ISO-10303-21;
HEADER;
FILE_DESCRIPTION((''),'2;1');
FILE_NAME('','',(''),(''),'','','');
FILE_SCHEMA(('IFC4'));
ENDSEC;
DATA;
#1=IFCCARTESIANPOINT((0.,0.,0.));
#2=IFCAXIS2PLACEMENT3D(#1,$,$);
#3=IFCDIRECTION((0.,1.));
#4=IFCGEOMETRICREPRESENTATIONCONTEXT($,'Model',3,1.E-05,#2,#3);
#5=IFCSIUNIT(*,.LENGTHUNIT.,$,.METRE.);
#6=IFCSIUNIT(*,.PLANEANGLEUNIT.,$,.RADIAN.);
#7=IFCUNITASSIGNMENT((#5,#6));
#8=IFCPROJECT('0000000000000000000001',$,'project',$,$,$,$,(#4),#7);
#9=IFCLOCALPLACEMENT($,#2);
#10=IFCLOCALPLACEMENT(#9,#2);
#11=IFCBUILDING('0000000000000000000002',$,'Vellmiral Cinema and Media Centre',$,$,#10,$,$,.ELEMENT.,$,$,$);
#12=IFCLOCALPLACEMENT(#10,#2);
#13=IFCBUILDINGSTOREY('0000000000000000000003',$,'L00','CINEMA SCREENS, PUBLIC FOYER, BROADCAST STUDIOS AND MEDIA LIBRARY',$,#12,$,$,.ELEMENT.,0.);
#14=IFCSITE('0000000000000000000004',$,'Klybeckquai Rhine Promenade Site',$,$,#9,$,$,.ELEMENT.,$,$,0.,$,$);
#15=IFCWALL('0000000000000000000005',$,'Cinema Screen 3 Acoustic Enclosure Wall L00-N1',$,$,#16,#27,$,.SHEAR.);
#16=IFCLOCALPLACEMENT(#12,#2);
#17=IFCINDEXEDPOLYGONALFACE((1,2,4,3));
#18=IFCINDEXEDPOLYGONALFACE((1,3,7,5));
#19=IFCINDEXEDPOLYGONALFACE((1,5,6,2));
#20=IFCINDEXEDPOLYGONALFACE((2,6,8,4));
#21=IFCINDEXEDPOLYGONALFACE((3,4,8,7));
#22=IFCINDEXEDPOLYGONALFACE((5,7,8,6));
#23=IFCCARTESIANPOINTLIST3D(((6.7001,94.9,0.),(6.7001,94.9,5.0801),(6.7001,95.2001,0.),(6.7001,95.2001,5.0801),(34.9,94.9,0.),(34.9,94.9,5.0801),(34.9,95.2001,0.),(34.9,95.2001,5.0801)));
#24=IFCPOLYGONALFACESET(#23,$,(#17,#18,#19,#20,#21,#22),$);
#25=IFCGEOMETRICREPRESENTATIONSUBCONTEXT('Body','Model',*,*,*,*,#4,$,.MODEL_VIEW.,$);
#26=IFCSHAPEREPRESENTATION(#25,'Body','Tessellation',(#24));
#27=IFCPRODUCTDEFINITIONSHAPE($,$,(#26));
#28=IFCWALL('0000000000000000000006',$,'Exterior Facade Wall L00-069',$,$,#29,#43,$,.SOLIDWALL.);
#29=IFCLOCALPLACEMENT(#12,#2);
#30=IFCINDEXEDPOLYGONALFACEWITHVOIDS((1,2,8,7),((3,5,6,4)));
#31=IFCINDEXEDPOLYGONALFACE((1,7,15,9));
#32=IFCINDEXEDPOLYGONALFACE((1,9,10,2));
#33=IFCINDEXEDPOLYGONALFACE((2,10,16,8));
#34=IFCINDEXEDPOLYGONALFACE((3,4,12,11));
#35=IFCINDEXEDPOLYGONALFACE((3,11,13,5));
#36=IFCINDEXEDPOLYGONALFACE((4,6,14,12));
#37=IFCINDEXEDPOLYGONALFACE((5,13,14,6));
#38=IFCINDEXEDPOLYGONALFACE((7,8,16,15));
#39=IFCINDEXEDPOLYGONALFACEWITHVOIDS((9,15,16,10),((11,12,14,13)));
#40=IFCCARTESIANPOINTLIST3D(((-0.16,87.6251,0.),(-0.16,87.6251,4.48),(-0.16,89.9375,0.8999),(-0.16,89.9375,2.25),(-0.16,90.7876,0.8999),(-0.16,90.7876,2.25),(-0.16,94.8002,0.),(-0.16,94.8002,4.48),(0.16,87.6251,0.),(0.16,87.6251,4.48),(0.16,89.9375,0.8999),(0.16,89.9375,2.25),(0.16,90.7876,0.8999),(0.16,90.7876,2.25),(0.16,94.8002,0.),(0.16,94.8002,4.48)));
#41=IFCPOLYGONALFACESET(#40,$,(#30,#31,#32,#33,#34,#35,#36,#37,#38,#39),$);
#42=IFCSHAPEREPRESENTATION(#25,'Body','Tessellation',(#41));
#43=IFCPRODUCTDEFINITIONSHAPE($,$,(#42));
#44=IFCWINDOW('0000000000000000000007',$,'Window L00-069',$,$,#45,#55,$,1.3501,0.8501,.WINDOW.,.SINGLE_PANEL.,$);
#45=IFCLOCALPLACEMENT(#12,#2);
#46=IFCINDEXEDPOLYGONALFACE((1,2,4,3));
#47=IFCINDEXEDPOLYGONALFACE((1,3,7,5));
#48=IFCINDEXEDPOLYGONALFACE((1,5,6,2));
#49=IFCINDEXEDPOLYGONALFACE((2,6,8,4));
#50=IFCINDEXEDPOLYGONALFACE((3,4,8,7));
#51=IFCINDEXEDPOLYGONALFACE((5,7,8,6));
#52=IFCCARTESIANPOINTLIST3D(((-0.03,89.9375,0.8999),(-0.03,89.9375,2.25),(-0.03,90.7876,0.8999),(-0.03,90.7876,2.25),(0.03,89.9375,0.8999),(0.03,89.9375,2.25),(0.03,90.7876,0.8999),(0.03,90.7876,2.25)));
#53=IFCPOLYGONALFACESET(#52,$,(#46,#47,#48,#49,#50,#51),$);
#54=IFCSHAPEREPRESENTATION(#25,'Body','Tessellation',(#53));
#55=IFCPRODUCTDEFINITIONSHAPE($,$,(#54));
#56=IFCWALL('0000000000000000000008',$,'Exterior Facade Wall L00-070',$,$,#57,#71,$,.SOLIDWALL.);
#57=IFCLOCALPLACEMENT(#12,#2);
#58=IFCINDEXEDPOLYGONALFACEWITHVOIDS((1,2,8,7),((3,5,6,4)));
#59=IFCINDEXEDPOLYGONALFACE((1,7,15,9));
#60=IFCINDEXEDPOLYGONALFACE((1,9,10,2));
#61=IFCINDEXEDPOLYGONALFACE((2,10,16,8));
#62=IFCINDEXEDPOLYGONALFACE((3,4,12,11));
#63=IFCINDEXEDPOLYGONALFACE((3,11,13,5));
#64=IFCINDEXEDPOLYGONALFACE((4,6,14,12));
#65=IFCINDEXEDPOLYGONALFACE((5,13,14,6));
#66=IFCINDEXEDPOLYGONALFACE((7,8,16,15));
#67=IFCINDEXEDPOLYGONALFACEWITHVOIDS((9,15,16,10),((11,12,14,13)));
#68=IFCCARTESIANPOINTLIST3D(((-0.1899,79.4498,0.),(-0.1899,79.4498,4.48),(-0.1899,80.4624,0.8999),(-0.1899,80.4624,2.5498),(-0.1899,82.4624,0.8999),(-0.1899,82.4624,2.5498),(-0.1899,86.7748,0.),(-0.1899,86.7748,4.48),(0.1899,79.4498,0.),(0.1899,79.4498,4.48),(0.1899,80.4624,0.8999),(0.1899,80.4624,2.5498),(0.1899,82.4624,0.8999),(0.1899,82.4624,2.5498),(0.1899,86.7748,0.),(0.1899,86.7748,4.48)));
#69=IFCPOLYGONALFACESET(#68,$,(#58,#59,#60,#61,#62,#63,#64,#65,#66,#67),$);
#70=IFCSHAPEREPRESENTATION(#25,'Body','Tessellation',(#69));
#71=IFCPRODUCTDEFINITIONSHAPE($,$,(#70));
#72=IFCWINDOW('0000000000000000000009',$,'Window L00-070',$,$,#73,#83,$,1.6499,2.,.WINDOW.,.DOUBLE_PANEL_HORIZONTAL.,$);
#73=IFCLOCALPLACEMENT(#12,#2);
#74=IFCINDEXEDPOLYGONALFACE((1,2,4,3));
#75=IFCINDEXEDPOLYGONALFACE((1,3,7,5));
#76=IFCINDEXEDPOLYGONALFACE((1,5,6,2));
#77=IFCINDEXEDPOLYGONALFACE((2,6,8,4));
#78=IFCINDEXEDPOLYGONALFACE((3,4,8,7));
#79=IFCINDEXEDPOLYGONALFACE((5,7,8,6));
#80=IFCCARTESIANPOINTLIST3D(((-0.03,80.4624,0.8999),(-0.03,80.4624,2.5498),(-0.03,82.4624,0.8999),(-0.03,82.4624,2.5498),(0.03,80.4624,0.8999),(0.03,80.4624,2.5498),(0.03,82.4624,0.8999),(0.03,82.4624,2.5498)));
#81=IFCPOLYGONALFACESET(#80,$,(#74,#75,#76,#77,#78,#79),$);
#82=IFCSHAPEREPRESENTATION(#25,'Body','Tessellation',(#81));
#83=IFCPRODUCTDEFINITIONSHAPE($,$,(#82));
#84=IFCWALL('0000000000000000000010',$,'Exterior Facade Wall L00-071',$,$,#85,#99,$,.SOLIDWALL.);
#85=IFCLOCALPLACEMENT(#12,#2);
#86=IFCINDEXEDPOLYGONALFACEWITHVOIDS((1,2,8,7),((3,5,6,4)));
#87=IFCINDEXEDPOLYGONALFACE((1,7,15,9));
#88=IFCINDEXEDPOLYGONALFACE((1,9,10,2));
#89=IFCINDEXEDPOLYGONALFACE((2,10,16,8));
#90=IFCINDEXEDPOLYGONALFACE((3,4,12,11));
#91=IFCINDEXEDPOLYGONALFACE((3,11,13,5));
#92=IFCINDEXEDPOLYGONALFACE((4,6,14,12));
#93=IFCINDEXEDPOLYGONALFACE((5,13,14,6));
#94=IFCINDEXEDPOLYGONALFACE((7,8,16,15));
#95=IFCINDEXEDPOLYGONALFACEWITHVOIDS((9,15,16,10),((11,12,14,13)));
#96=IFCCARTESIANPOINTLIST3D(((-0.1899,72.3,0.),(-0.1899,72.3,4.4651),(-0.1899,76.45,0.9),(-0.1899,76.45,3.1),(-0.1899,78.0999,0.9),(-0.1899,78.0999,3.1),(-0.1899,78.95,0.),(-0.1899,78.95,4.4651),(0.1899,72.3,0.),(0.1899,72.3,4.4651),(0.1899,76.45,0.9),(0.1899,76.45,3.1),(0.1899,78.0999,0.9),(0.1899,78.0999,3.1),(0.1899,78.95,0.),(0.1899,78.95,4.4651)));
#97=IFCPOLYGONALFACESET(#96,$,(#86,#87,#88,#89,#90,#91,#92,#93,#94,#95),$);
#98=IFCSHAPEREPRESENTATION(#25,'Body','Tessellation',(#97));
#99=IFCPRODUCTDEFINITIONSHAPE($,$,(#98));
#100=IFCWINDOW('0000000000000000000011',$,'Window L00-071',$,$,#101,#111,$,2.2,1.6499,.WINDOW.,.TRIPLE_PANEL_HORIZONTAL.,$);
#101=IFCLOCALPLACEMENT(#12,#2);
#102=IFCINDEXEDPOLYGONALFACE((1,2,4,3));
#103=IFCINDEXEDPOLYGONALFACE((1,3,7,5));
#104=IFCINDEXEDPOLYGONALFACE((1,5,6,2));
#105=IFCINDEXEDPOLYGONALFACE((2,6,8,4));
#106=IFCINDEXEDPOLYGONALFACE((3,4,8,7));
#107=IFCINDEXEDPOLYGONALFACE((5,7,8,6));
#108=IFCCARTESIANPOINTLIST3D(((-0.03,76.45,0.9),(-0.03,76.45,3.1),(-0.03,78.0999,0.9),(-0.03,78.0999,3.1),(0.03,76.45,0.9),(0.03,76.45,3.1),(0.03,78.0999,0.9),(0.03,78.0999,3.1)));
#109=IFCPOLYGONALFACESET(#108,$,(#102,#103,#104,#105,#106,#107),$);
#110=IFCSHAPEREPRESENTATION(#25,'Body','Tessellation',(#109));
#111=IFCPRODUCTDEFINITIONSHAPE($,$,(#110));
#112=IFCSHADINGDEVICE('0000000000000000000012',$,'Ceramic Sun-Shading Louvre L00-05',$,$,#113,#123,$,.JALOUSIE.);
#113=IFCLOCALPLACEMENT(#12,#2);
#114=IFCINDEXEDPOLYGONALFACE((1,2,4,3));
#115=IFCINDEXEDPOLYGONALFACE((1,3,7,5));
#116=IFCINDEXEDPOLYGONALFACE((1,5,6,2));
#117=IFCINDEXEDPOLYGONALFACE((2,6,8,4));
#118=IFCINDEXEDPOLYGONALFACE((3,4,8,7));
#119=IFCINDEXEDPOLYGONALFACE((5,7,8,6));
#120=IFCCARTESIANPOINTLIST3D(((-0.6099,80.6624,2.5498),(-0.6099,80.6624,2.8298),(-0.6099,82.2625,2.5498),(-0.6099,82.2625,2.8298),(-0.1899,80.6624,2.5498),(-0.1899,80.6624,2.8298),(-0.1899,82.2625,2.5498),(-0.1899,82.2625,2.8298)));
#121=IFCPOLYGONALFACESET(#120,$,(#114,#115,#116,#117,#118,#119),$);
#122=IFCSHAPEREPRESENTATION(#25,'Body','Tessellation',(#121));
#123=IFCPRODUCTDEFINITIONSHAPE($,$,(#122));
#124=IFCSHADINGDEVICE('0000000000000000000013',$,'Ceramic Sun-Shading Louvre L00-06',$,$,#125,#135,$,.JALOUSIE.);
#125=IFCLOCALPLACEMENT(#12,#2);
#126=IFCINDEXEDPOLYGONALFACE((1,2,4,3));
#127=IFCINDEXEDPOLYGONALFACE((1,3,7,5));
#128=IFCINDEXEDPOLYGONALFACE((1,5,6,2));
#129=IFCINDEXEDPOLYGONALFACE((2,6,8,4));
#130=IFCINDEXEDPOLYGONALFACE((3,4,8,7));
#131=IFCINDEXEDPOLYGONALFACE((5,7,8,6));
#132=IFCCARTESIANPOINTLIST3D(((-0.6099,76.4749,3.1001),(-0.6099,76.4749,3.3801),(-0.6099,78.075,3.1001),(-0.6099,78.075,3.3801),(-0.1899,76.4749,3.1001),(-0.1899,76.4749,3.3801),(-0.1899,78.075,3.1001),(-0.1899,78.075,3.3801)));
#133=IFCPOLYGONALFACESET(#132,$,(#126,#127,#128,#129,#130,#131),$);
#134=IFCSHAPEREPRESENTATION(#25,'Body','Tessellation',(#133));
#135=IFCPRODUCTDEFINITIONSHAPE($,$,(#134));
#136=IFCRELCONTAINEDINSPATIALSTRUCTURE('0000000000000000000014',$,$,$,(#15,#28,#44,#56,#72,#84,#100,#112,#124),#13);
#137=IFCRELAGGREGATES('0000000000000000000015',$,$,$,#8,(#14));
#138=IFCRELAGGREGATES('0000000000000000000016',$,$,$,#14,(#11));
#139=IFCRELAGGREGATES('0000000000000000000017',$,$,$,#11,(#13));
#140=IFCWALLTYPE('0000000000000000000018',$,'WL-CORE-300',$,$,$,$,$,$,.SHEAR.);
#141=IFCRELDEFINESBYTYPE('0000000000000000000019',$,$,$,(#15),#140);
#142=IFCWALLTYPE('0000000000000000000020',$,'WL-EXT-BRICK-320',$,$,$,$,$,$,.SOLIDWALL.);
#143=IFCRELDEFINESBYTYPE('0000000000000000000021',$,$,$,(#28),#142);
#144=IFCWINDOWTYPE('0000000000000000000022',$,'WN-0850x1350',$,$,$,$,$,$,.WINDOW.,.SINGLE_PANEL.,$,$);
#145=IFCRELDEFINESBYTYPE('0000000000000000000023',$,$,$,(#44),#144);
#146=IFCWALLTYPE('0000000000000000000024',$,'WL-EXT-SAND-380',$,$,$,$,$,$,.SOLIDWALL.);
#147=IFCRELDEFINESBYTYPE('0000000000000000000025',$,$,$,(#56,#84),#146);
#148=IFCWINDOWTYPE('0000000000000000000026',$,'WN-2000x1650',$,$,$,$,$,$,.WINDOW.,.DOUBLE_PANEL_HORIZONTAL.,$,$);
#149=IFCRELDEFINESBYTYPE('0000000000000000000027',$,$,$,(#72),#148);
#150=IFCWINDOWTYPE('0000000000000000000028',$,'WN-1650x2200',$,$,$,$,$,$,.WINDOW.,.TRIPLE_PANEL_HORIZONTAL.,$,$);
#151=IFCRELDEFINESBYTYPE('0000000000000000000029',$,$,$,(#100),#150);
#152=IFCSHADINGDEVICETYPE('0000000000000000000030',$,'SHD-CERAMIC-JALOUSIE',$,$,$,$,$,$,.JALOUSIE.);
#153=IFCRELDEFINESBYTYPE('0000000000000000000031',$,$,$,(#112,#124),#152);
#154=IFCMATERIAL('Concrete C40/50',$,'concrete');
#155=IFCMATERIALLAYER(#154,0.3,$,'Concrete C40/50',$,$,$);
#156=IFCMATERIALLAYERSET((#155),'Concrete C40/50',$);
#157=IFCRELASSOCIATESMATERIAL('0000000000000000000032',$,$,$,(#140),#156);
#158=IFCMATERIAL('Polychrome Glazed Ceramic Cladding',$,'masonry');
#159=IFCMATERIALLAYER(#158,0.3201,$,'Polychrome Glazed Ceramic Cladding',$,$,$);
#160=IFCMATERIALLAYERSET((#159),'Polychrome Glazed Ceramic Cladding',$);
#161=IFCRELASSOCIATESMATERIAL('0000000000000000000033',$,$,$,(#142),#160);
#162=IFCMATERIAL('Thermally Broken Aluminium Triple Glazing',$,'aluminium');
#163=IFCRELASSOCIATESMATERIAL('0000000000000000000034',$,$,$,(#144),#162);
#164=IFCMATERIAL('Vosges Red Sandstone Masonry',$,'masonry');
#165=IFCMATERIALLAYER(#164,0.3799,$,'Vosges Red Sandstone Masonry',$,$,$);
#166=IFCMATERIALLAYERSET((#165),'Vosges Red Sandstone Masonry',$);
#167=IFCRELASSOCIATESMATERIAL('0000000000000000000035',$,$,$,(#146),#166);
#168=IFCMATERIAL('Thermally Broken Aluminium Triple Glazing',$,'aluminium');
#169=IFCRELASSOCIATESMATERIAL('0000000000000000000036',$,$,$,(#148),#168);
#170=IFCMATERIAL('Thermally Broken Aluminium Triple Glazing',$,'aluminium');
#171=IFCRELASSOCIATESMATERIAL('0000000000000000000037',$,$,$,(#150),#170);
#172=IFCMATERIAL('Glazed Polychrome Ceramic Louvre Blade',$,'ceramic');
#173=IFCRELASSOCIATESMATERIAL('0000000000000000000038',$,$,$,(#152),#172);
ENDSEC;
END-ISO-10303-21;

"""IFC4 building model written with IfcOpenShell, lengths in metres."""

from ifc_helpers import new_model, si_unit, direction, frame, frame_2d, origin, origin_2d, place, context, subcontext, project, spatial, rectangle, extrude, material, layer, layer_set, type_object, element, fill, save


model = new_model("IFC4")

# Units and contexts
model_context = context("Model", 3, precision=1e-05, world=origin(), true_north=direction((0.0, 1.0)))
body_context = subcontext(model_context, "Body", "Model", "MODEL_VIEW")
ifc_project = project(units=[si_unit("LENGTHUNIT", "METRE"), si_unit("PLANEANGLEUNIT", "RADIAN")], contexts=[model_context])

# Site, building, storey
site_placement = place(None, origin())
site = spatial("IfcSite", under=ifc_project, at=site_placement, Name="Klybeckquai Rhine Promenade Site", CompositionType="ELEMENT", RefElevation=0.0)
building_placement = place(site_placement, origin())
building = spatial("IfcBuilding", under=site, at=building_placement, Name="Vellmiral Cinema and Media Centre", CompositionType="ELEMENT")
storey_placement = place(building_placement, origin())
storey = spatial("IfcBuildingStorey", under=building, at=storey_placement, Name="L00", Description="CINEMA SCREENS, PUBLIC FOYER, BROADCAST STUDIOS AND MEDIA LIBRARY", CompositionType="ELEMENT", Elevation=0.0)

# Wall
ifc_material_1 = material(Name="Concrete C40/50", Category="concrete")
ifc_layer_1 = layer(ifc_material_1, 0.3, Name="Concrete C40/50")
ifc_layer_set_1 = layer_set([ifc_layer_1], Name="Concrete C40/50")
wall_type_1 = type_object("IfcWallType", Name="WL-CORE-300", PredefinedType="SHEAR", material=ifc_layer_set_1)
wall_1_placement = place(storey_placement, frame((6.7, 95.05, 0.0), z_axis=(0.0, 0.0, 1.0), x_axis=(1.0, 0.0, 0.0)))
element("IfcWall", 1, at=wall_1_placement, inside=storey, type_object=wall_type_1, Name="Cinema Screen 3 Acoustic Enclosure Wall L00-N1", PredefinedType="SHEAR", context=body_context, shape_type="SweptSolid", body=[
    extrude(rectangle(XDim=28.2, YDim=0.3, at=frame_2d((14.1001, 0.0))), origin(), (0.0, 0.0, 1.0), 5.0801),
])

# Walls, openings, windows
ifc_material_2 = material(Name="Polychrome Glazed Ceramic Cladding", Category="masonry")
ifc_layer_2 = layer(ifc_material_2, 0.3201, Name="Polychrome Glazed Ceramic Cladding")
ifc_layer_set_2 = layer_set([ifc_layer_2], Name="Polychrome Glazed Ceramic Cladding")
wall_type_2 = type_object("IfcWallType", Name="WL-EXT-BRICK-320", PredefinedType="SOLIDWALL", material=ifc_layer_set_2)
wall_2_placement = place(storey_placement, frame((0.0, 94.8, 0.0), z_axis=(0.0, 0.0, 1.0), x_axis=(0.0, -1.0, 0.0)))
wall_2 = element("IfcWall", 2, at=wall_2_placement, inside=storey, type_object=wall_type_2, Name="Exterior Facade Wall L00-069", PredefinedType="SOLIDWALL", context=body_context, shape_type="SweptSolid", body=[
    extrude(rectangle(XDim=7.175, YDim=0.3201, at=frame_2d((3.5874, 0.0))), origin(), (0.0, 0.0, 1.0), 4.48),
])
opening_1_placement = place(wall_2_placement, frame((4.0125, 0.0, 0.8999)))
opening_1 = element("IfcOpeningElement", 3, at=opening_1_placement, cuts=wall_2, PredefinedType="OPENING", context=body_context, shape_type="SweptSolid", body=[
    extrude(rectangle(XDim=0.8501, YDim=1.3501, at=frame_2d((0.425, 0.675))), frame((0.0, 0.1719, 0.0), z_axis=(0.0, -1.0, 0.0), x_axis=(1.0, 0.0, 0.0)), (0.0, 0.0, 1.0), 0.344),
])
ifc_material_3 = material(Name="Thermally Broken Aluminium Triple Glazing", Category="aluminium")
window_type_1 = type_object("IfcWindowType", Name="WN-0850x1350", PartitioningType="SINGLE_PANEL", PredefinedType="WINDOW", material=ifc_material_3)
window_1_placement = place(opening_1_placement, origin())
window_1 = element("IfcWindow", 4, at=window_1_placement, inside=storey, type_object=window_type_1, Name="Window L00-069", OverallHeight=1.3501, OverallWidth=0.8501, PartitioningType="SINGLE_PANEL", PredefinedType="WINDOW", context=body_context, shape_type="SweptSolid", body=[
    extrude(rectangle(XDim=0.8501, YDim=1.3501, at=frame_2d((0.425, 0.675))), frame((0.0, 0.03, 0.0), z_axis=(0.0, -1.0, 0.0), x_axis=(1.0, 0.0, 0.0)), (0.0, 0.0, 1.0), 0.0601),
])
fill(opening_1, window_1)
ifc_material_4 = material(Name="Vosges Red Sandstone Masonry", Category="masonry")
ifc_layer_3 = layer(ifc_material_4, 0.3799, Name="Vosges Red Sandstone Masonry")
ifc_layer_set_3 = layer_set([ifc_layer_3], Name="Vosges Red Sandstone Masonry")
wall_type_3 = type_object("IfcWallType", Name="WL-EXT-SAND-380", PredefinedType="SOLIDWALL", material=ifc_layer_set_3)
wall_3_placement = place(storey_placement, frame((0.0, 86.7749, 0.0), z_axis=(0.0, 0.0, 1.0), x_axis=(0.0, -1.0, 0.0)))
wall_3 = element("IfcWall", 5, at=wall_3_placement, inside=storey, type_object=wall_type_3, Name="Exterior Facade Wall L00-070", PredefinedType="SOLIDWALL", context=body_context, shape_type="SweptSolid", body=[
    extrude(rectangle(XDim=7.325, YDim=0.3799, at=frame_2d((3.6626, 0.0))), origin(), (0.0, 0.0, 1.0), 4.48),
])
opening_2_placement = place(wall_3_placement, frame((4.3125, 0.0, 0.8999)))
opening_2 = element("IfcOpeningElement", 6, at=opening_2_placement, cuts=wall_3, PredefinedType="OPENING", context=body_context, shape_type="SweptSolid", body=[
    extrude(rectangle(XDim=2.0, YDim=1.6499, at=frame_2d((1.0, 0.825))), frame((0.0, 0.2019, 0.0), z_axis=(0.0, -1.0, 0.0), x_axis=(1.0, 0.0, 0.0)), (0.0, 0.0, 1.0), 0.4038),
])
ifc_material_5 = material(Name="Thermally Broken Aluminium Triple Glazing", Category="aluminium")
window_type_2 = type_object("IfcWindowType", Name="WN-2000x1650", PartitioningType="DOUBLE_PANEL_HORIZONTAL", PredefinedType="WINDOW", material=ifc_material_5)
window_2_placement = place(opening_2_placement, origin())
window_2 = element("IfcWindow", 7, at=window_2_placement, inside=storey, type_object=window_type_2, Name="Window L00-070", OverallHeight=1.6499, OverallWidth=2.0, PartitioningType="DOUBLE_PANEL_HORIZONTAL", PredefinedType="WINDOW", context=body_context, shape_type="SweptSolid", body=[
    extrude(rectangle(XDim=2.0, YDim=1.6499, at=frame_2d((1.0, 0.825))), frame((0.0, 0.03, 0.0), z_axis=(0.0, -1.0, 0.0), x_axis=(1.0, 0.0, 0.0)), (0.0, 0.0, 1.0), 0.0601),
])
fill(opening_2, window_2)
wall_4_placement = place(storey_placement, frame((0.0, 78.95, 0.0), z_axis=(0.0, 0.0, 1.0), x_axis=(0.0, -1.0, 0.0)))
wall_4 = element("IfcWall", 8, at=wall_4_placement, inside=storey, type_object=wall_type_3, Name="Exterior Facade Wall L00-071", PredefinedType="SOLIDWALL", context=body_context, shape_type="SweptSolid", body=[
    extrude(rectangle(XDim=6.6499, YDim=0.3799, at=frame_2d((3.325, 0.0))), origin(), (0.0, 0.0, 1.0), 4.4651),
])
opening_3_placement = place(wall_4_placement, frame((0.8501, 0.0, 0.8999)))
opening_3 = element("IfcOpeningElement", 9, at=opening_3_placement, cuts=wall_4, PredefinedType="OPENING", context=body_context, shape_type="SweptSolid", body=[
    extrude(rectangle(XDim=1.6499, YDim=2.2, at=frame_2d((0.825, 1.1001))), frame((0.0, 0.2019, 0.0), z_axis=(0.0, -1.0, 0.0), x_axis=(1.0, 0.0, 0.0)), (0.0, 0.0, 1.0), 0.4038),
])
ifc_material_6 = material(Name="Thermally Broken Aluminium Triple Glazing", Category="aluminium")
window_type_3 = type_object("IfcWindowType", Name="WN-1650x2200", PartitioningType="TRIPLE_PANEL_HORIZONTAL", PredefinedType="WINDOW", material=ifc_material_6)
window_3_placement = place(opening_3_placement, origin())
window_3 = element("IfcWindow", 10, at=window_3_placement, inside=storey, type_object=window_type_3, Name="Window L00-071", OverallHeight=2.2, OverallWidth=1.6499, PartitioningType="TRIPLE_PANEL_HORIZONTAL", PredefinedType="WINDOW", context=body_context, shape_type="SweptSolid", body=[
    extrude(rectangle(XDim=1.6499, YDim=2.2, at=frame_2d((0.825, 1.1001))), frame((0.0, 0.03, 0.0), z_axis=(0.0, -1.0, 0.0), x_axis=(1.0, 0.0, 0.0)), (0.0, 0.0, 1.0), 0.0601),
])
fill(opening_3, window_3)

# Shading devices
ifc_material_7 = material(Name="Glazed Polychrome Ceramic Louvre Blade", Category="ceramic")
shading_device_type = type_object("IfcShadingDeviceType", Name="SHD-CERAMIC-JALOUSIE", PredefinedType="JALOUSIE", material=ifc_material_7)
for number, where, z_axis, x_axis, name in (
    (11, (-0.3999, 81.4624, 2.5498), (0.0, 0.0, 1.0), (0.0, -1.0, 0.0), "Ceramic Sun-Shading Louvre L00-05"),
    (12, (-0.3999, 77.2749, 3.1001), (0.0, 0.0, 1.0), (0.0, -1.0, 0.0), "Ceramic Sun-Shading Louvre L00-06"),
):
    element("IfcShadingDevice", number, at=place(storey_placement, frame(where, z_axis=z_axis, x_axis=x_axis)), inside=storey, type_object=shading_device_type, Name=name, PredefinedType="JALOUSIE", context=body_context, shape_type="SweptSolid", body=[
        extrude(rectangle(XDim=1.6001, YDim=0.4199, at=origin_2d()), origin(), (0.0, 0.0, 1.0), 0.28),
    ])

save(model, "model.ifc")
